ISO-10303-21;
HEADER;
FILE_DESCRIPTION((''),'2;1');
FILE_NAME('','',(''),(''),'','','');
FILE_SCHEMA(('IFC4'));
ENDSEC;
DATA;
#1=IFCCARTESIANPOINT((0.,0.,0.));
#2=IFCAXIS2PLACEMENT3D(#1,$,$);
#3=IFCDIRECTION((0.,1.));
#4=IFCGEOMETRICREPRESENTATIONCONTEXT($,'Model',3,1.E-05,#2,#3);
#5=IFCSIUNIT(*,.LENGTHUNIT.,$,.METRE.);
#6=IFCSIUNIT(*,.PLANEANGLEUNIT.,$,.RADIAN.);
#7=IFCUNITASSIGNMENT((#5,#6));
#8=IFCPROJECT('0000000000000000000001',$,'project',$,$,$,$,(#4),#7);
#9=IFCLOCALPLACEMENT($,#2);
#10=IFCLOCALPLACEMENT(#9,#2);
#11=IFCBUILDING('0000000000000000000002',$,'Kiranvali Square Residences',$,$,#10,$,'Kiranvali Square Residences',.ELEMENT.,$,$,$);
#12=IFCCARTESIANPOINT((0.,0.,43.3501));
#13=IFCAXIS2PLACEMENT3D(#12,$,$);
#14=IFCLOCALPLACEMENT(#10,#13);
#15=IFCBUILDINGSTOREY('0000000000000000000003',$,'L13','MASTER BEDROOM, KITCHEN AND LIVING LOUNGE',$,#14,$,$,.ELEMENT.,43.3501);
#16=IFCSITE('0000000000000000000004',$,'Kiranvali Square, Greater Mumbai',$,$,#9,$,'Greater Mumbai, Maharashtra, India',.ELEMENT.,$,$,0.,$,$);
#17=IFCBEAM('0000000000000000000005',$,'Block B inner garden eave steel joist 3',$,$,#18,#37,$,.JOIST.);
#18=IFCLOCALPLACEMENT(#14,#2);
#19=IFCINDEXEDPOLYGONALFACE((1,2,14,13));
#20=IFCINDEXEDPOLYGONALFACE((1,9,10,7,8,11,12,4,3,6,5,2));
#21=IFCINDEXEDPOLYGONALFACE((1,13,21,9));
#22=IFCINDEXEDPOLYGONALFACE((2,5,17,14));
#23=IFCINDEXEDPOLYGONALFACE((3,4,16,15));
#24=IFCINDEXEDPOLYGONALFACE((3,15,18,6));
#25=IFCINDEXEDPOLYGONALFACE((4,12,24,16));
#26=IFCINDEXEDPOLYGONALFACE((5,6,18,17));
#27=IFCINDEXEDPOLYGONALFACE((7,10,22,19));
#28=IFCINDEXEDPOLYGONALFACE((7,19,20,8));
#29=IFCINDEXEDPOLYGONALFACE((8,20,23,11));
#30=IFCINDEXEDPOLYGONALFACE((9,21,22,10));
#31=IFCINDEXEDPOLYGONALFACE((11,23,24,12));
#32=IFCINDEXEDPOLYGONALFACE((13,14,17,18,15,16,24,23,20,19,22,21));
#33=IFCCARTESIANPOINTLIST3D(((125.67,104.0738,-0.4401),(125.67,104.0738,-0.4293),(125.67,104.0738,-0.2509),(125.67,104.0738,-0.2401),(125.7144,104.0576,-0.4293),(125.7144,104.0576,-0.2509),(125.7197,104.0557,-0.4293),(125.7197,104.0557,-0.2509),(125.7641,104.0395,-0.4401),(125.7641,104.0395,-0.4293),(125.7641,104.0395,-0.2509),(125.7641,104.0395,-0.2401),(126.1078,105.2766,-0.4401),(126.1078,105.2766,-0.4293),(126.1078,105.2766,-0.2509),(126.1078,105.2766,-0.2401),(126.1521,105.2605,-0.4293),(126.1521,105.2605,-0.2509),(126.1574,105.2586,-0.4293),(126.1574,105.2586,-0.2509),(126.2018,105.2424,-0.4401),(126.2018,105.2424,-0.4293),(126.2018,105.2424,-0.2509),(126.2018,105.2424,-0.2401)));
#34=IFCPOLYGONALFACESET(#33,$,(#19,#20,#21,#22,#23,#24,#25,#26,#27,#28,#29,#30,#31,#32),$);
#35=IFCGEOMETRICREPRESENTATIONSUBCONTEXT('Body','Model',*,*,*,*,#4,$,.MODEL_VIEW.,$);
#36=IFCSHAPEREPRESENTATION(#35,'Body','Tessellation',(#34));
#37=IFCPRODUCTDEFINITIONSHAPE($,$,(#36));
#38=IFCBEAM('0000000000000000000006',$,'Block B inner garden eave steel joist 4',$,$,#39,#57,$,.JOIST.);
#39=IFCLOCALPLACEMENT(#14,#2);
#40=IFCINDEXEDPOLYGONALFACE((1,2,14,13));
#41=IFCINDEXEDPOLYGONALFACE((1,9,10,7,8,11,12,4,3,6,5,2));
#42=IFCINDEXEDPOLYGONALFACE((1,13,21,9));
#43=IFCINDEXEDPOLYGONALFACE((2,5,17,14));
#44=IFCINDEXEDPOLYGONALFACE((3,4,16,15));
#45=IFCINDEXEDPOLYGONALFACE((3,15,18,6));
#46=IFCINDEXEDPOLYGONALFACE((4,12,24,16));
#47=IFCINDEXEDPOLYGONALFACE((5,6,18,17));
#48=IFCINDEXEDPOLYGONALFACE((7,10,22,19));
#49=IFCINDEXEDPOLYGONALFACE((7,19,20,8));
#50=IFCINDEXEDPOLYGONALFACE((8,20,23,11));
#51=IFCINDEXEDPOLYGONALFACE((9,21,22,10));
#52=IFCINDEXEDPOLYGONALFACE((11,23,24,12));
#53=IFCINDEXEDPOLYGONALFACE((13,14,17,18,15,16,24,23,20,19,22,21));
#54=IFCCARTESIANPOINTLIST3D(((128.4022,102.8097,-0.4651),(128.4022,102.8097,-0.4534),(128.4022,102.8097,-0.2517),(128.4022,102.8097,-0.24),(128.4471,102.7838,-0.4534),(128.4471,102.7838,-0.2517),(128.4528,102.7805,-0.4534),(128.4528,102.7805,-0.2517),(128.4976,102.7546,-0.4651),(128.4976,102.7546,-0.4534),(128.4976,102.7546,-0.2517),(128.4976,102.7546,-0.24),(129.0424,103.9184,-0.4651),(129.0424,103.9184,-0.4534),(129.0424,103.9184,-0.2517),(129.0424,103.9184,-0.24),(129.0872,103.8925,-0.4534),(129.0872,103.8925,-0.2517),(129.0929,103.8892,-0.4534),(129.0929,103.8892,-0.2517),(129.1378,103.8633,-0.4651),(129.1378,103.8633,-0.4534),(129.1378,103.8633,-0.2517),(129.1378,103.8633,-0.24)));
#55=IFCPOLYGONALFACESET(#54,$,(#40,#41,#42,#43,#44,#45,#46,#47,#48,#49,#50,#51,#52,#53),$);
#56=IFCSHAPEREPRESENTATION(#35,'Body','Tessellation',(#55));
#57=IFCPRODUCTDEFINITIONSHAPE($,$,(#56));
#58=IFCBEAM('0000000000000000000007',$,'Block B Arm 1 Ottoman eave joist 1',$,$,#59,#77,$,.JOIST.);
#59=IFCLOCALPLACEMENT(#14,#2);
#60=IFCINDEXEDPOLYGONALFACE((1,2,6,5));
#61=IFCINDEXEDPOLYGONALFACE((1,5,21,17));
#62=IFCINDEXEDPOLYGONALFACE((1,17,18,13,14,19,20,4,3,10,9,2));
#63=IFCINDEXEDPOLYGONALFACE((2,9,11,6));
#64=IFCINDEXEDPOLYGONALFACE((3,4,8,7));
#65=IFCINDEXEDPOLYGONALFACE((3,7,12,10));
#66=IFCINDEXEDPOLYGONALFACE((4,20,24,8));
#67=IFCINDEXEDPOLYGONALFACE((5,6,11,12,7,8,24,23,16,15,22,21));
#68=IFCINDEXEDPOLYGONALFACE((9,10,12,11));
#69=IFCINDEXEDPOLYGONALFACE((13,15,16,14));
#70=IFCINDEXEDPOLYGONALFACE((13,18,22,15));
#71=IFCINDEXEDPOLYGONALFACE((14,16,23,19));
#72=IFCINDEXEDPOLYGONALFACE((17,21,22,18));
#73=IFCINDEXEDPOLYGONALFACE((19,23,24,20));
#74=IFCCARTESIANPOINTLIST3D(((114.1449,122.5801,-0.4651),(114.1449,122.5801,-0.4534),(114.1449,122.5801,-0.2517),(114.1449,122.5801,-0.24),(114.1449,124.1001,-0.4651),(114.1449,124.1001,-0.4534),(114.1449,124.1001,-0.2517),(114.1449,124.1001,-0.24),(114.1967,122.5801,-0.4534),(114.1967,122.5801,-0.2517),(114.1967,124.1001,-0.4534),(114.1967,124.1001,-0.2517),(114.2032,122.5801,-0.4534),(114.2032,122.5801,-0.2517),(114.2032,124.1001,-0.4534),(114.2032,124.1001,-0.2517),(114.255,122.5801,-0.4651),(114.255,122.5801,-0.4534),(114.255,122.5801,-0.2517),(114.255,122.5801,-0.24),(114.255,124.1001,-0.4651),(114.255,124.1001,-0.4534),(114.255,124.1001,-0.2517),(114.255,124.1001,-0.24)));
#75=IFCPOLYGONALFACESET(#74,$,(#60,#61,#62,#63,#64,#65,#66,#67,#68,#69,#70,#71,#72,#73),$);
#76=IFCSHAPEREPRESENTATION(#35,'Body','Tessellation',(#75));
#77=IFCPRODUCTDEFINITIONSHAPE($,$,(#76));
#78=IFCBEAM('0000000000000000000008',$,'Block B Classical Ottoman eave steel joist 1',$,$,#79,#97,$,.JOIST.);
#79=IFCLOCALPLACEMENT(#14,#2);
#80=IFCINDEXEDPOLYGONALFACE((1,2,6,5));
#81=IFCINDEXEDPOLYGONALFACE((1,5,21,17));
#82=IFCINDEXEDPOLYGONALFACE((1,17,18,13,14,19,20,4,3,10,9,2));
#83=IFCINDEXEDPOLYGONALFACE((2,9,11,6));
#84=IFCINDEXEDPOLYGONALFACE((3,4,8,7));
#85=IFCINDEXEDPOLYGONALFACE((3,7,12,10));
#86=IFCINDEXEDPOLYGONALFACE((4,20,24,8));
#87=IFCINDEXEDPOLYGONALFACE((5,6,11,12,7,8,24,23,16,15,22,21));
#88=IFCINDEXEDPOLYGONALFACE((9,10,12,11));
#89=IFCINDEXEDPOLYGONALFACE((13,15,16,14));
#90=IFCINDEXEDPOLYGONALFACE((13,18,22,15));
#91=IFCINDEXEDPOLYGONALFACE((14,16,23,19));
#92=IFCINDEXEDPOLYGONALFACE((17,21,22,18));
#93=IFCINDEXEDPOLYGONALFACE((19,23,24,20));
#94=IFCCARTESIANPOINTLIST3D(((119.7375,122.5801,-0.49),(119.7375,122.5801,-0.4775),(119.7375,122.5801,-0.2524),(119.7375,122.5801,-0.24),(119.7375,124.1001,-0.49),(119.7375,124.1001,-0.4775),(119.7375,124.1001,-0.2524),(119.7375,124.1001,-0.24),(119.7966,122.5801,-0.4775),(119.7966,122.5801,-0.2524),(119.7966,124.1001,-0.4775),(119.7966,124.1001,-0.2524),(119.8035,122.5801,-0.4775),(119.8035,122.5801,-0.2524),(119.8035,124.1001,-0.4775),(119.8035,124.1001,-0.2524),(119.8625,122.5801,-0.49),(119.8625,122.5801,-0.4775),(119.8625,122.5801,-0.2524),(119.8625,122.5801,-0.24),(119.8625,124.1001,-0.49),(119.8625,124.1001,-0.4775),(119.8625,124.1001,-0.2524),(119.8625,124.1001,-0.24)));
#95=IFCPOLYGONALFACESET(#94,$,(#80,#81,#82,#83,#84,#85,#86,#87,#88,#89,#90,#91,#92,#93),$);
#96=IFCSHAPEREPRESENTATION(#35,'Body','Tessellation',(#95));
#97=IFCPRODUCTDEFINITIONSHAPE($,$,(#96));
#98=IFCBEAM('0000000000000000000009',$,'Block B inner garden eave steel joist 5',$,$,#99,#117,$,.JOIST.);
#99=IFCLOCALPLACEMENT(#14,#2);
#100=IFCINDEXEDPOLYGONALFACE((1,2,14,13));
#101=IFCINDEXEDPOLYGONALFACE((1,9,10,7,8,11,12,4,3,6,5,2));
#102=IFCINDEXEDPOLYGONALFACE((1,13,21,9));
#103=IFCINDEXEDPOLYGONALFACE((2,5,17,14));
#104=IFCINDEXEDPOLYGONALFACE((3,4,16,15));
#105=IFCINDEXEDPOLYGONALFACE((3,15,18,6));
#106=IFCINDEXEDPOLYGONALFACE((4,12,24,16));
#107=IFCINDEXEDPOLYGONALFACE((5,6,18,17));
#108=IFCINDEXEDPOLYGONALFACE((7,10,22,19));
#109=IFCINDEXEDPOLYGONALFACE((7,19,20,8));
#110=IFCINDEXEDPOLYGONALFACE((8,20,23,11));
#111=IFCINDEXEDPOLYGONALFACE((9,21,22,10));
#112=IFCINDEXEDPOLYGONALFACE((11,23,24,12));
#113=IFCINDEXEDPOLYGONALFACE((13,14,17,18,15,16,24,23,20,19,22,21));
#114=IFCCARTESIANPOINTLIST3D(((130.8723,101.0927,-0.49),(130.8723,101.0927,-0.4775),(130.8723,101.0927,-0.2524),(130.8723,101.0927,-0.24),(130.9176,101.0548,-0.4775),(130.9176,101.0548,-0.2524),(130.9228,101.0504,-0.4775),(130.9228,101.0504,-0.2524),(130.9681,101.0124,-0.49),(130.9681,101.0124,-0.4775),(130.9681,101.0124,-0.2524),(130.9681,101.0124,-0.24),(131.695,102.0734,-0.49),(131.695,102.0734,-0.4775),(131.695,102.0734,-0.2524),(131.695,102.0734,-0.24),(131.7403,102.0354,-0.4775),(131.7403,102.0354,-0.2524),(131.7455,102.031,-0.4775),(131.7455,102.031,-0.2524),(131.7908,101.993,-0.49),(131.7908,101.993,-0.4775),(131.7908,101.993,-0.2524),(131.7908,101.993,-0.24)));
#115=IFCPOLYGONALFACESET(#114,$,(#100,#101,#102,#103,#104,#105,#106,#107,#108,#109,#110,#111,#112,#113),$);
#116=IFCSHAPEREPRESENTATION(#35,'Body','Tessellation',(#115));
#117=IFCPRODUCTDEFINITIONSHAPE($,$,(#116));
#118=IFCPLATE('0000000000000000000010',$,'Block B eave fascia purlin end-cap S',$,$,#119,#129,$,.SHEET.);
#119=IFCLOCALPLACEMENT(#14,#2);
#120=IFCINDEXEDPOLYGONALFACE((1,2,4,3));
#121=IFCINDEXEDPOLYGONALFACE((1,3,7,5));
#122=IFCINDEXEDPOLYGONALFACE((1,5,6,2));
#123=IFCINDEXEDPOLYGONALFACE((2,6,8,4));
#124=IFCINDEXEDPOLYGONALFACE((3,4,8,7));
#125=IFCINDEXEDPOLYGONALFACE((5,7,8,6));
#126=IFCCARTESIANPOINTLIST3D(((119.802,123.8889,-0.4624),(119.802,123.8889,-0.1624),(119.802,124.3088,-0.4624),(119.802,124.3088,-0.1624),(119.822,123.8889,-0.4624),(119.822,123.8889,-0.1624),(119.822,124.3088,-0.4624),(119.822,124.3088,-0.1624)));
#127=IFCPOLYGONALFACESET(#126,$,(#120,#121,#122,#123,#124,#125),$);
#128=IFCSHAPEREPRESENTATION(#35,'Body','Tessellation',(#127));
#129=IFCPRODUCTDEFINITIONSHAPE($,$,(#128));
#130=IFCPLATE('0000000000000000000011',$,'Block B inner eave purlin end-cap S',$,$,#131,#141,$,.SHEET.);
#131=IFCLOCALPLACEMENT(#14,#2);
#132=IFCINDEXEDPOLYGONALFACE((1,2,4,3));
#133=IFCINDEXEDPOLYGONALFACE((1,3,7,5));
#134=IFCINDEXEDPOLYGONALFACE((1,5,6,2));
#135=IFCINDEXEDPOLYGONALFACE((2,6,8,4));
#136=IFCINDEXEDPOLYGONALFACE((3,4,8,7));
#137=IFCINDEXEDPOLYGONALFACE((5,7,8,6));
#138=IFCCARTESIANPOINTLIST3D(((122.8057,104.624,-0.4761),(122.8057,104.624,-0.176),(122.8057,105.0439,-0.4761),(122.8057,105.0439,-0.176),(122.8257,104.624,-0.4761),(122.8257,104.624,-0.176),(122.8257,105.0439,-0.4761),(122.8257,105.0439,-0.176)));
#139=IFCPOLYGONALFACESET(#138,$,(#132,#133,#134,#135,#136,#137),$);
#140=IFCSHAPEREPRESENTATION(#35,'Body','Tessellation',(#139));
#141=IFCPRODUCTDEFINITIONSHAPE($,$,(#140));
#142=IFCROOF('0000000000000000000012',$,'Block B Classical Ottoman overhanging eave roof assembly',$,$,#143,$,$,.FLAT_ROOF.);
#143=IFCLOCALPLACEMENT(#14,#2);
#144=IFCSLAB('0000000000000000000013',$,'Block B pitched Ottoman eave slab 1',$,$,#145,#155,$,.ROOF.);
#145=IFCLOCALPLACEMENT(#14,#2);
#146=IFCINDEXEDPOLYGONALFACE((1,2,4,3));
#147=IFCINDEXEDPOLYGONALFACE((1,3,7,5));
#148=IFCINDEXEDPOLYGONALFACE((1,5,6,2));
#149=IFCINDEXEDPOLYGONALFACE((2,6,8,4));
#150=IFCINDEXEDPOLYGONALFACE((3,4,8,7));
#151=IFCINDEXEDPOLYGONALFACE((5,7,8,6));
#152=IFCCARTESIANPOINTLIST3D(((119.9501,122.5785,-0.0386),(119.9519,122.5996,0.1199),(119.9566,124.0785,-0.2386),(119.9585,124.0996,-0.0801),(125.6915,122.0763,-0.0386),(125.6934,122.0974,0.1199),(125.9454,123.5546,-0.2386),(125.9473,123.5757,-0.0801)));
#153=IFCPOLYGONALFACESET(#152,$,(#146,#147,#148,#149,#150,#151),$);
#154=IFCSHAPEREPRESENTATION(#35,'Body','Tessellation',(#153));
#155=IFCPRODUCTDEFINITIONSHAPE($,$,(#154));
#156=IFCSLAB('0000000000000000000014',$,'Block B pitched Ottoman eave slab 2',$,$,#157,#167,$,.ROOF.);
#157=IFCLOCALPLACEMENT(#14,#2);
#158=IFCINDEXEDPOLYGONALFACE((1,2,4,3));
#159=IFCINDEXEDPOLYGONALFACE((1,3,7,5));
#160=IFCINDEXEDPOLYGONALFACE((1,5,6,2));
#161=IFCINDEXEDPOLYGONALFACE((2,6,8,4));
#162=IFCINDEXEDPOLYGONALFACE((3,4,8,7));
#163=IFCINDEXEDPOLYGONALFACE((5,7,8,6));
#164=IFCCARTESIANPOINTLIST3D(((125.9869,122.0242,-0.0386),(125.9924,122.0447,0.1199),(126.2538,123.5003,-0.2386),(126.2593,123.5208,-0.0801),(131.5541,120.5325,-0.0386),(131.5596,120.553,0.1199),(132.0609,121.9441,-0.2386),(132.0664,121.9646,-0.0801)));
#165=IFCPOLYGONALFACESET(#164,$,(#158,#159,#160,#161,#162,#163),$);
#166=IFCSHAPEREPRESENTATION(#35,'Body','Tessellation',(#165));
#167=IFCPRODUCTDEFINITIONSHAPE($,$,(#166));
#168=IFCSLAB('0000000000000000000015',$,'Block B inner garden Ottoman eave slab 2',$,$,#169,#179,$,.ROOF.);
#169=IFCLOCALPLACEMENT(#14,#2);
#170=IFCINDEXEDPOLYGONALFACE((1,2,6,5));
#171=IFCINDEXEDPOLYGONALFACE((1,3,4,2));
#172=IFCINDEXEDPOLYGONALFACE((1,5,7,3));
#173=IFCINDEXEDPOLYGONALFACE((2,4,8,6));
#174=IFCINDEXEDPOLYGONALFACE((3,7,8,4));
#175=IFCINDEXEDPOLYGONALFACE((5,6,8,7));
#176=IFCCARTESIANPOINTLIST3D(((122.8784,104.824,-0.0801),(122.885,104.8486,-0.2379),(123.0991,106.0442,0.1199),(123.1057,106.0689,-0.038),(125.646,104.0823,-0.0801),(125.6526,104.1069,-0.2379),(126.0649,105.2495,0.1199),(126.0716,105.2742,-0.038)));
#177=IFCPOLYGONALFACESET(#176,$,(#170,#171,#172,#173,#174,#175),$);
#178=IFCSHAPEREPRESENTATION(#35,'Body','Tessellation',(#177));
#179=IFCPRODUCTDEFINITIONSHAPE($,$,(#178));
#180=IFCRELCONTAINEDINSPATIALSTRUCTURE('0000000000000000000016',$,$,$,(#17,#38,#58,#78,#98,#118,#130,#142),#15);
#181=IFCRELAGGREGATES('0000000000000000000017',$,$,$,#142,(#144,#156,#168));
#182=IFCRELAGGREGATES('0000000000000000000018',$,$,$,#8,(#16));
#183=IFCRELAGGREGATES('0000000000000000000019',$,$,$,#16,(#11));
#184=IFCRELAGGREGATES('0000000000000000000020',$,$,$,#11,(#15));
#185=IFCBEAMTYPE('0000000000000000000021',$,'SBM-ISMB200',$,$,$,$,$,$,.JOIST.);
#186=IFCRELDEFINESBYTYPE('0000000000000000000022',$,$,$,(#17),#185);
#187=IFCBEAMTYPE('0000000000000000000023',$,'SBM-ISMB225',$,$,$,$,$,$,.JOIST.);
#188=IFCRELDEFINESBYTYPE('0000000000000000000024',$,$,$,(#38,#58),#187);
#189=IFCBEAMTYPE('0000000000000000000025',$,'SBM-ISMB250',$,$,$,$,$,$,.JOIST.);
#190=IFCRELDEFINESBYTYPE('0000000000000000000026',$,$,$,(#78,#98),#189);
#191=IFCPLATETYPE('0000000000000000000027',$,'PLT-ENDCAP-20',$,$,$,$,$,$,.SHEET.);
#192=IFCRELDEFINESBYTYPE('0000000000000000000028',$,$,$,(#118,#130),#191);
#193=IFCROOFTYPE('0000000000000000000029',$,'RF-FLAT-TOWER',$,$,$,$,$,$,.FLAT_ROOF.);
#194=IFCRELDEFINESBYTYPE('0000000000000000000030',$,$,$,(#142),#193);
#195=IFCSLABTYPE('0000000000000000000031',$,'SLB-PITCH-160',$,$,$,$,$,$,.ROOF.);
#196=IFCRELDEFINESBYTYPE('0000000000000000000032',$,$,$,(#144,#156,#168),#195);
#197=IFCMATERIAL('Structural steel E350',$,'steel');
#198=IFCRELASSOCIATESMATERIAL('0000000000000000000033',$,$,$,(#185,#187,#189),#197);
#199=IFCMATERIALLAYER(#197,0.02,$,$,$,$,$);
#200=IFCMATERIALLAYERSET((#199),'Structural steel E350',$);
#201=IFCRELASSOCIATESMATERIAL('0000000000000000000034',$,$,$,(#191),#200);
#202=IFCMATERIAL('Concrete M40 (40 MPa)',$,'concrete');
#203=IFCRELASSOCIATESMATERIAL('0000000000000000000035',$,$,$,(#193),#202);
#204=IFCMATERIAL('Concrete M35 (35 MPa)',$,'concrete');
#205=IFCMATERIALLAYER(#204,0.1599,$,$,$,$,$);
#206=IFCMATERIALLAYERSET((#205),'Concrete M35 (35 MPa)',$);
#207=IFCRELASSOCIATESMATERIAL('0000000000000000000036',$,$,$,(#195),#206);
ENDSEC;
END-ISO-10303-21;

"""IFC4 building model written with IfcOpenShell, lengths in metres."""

from ifc_helpers import new_model, si_unit, direction, frame, origin, origin_2d, place, context, subcontext, project, spatial, polyline, rectangle, i_section, outline, extrude, material, layer, layer_set, material_profile, profile_set, type_object, element, aggregate, save


model = new_model("IFC4")

# Units and contexts
model_context = context("Model", 3, precision=1e-05, world=origin(), true_north=direction((0.0, 1.0)))
body_context = subcontext(model_context, "Body", "Model", "MODEL_VIEW")
ifc_project = project(units=[si_unit("LENGTHUNIT", "METRE"), si_unit("PLANEANGLEUNIT", "RADIAN")], contexts=[model_context])

# Site, building, storey
site_placement = place(None, origin())
site = spatial("IfcSite", under=ifc_project, at=site_placement, Name="Kiranvali Square, Greater Mumbai", LongName="Greater Mumbai, Maharashtra, India", CompositionType="ELEMENT", RefElevation=0.0)
building_placement = place(site_placement, origin())
building = spatial("IfcBuilding", under=site, at=building_placement, Name="Kiranvali Square Residences", LongName="Kiranvali Square Residences", CompositionType="ELEMENT")
storey_placement = place(building_placement, frame((0.0, 0.0, 43.3501)))
storey = spatial("IfcBuildingStorey", under=building, at=storey_placement, Name="L13", Description="MASTER BEDROOM, KITCHEN AND LIVING LOUNGE", CompositionType="ELEMENT", Elevation=43.3501)

# Shared definitions
ifc_material_1 = material(Name="Structural steel E350", Category="steel")

# Beams
ifc_material_profile_1 = material_profile(ifc_material_1, i_section(OverallWidth=0.1001, OverallDepth=0.2, WebThickness=0.0056, FlangeThickness=0.0107, at=origin_2d()), Name="ISMB 200")
ifc_profile_set_1 = profile_set([ifc_material_profile_1], Name="Structural steel E350")
beam_type_1 = type_object("IfcBeamType", Name="SBM-ISMB200", PredefinedType="JOIST", material=ifc_profile_set_1)
beam_1_placement = place(storey_placement, frame((126.1548, 105.2595, -0.3401), z_axis=(-0.341973, -0.93971, 0.0), x_axis=(0.93971, -0.341973, 0.0)))
element("IfcBeam", 1, at=beam_1_placement, inside=storey, type_object=beam_type_1, Name="Block B inner garden eave steel joist 3", PredefinedType="JOIST", context=body_context, shape_type="SweptSolid", body=[
    extrude(i_section(OverallWidth=0.1001, OverallDepth=0.2, WebThickness=0.0056, FlangeThickness=0.0107, at=origin_2d()), origin(), (0.0, 0.0, 1.0), 1.28),
])
ifc_material_profile_2 = material_profile(ifc_material_1, i_section(OverallWidth=0.1101, OverallDepth=0.2251, WebThickness=0.0066, FlangeThickness=0.0117, at=origin_2d()), Name="ISMB 225")
ifc_profile_set_2 = profile_set([ifc_material_profile_2], Name="Structural steel E350")
beam_type_2 = type_object("IfcBeamType", Name="SBM-ISMB225", PredefinedType="JOIST", material=ifc_profile_set_2)
beam_2_placement = place(storey_placement, frame((129.0901, 103.8909, -0.3525), z_axis=(-0.500036, -0.866005, 0.0), x_axis=(0.866005, -0.500036, 0.0)))
element("IfcBeam", 2, at=beam_2_placement, inside=storey, type_object=beam_type_2, Name="Block B inner garden eave steel joist 4", PredefinedType="JOIST", context=body_context, shape_type="SweptSolid", body=[
    extrude(i_section(OverallWidth=0.1101, OverallDepth=0.2251, WebThickness=0.0066, FlangeThickness=0.0117, at=origin_2d()), origin(), (0.0, 0.0, 1.0), 1.2803),
])
beam_3_placement = place(storey_placement, frame((114.2, 122.5801, -0.3525), z_axis=(0.0, 1.0, 0.0), x_axis=(-1.0, 0.0, 0.0)))
element("IfcBeam", 3, at=beam_3_placement, inside=storey, type_object=beam_type_2, Name="Block B Arm 1 Ottoman eave joist 1", PredefinedType="JOIST", context=body_context, shape_type="SweptSolid", body=[
    extrude(i_section(OverallWidth=0.1101, OverallDepth=0.2251, WebThickness=0.0066, FlangeThickness=0.0117, at=origin_2d()), origin(), (0.0, 0.0, 1.0), 1.52),
])
ifc_material_profile_3 = material_profile(ifc_material_1, i_section(OverallWidth=0.125, OverallDepth=0.25, WebThickness=0.0068, FlangeThickness=0.0125, at=origin_2d()), Name="ISMB 250")
ifc_profile_set_3 = profile_set([ifc_material_profile_3], Name="Structural steel E350")
beam_type_3 = type_object("IfcBeamType", Name="SBM-ISMB250", PredefinedType="JOIST", material=ifc_profile_set_3)
beam_4_placement = place(storey_placement, frame((119.8, 122.5801, -0.365), z_axis=(0.0, 1.0, 0.0), x_axis=(-1.0, 0.0, 0.0)))
element("IfcBeam", 4, at=beam_4_placement, inside=storey, type_object=beam_type_3, Name="Block B Classical Ottoman eave steel joist 1", PredefinedType="JOIST", context=body_context, shape_type="SweptSolid", body=[
    extrude(i_section(OverallWidth=0.125, OverallDepth=0.25, WebThickness=0.0068, FlangeThickness=0.0125, at=origin_2d()), origin(), (0.0, 0.0, 1.0), 1.52),
])
beam_5_placement = place(storey_placement, frame((131.7429, 102.0332, -0.365), z_axis=(-0.642713, -0.766107, 0.0), x_axis=(0.766107, -0.642713, 0.0)))
element("IfcBeam", 5, at=beam_5_placement, inside=storey, type_object=beam_type_3, Name="Block B inner garden eave steel joist 5", PredefinedType="JOIST", context=body_context, shape_type="SweptSolid", body=[
    extrude(i_section(OverallWidth=0.125, OverallDepth=0.25, WebThickness=0.0068, FlangeThickness=0.0125, at=origin_2d()), origin(), (0.0, 0.0, 1.0), 1.28),
])

# Plates
ifc_layer_1 = layer(ifc_material_1, 0.02)
ifc_layer_set_1 = layer_set([ifc_layer_1], Name="Structural steel E350")
plate_type = type_object("IfcPlateType", Name="PLT-ENDCAP-20", PredefinedType="SHEET", material=ifc_layer_set_1)
for number, where, z_axis, x_axis, name in (
    (6, (119.812, 124.0989, -0.4624), (0.0, 0.0, 1.0), (1.0, 0.0, 0.0), "Block B eave fascia purlin end-cap S"),
    (7, (122.8157, 104.834, -0.4761), (0.0, 0.0, 1.0), (1.0, 0.0, 0.0), "Block B inner eave purlin end-cap S"),
):
    element("IfcPlate", number, at=place(storey_placement, frame(where, z_axis=z_axis, x_axis=x_axis)), inside=storey, type_object=plate_type, Name=name, PredefinedType="SHEET", context=body_context, shape_type="SweptSolid", body=[
        extrude(rectangle(XDim=0.02, YDim=0.4199, at=origin_2d()), origin(), (0.0, 0.0, 1.0), 0.3),
    ])

# Roof, slabs
ifc_material_2 = material(Name="Concrete M40 (40 MPa)", Category="concrete")
roof_type = type_object("IfcRoofType", Name="RF-FLAT-TOWER", PredefinedType="FLAT_ROOF", material=ifc_material_2)
roof_placement = place(storey_placement, origin())
roof = element("IfcRoof", 8, at=roof_placement, inside=storey, type_object=roof_type, Name="Block B Classical Ottoman overhanging eave roof assembly", PredefinedType="FLAT_ROOF")
ifc_material_3 = material(Name="Concrete M35 (35 MPa)", Category="concrete")
ifc_layer_2 = layer(ifc_material_3, 0.1599)
ifc_layer_set_2 = layer_set([ifc_layer_2], Name="Concrete M35 (35 MPa)")
slab_type = type_object("IfcSlabType", Name="SLB-PITCH-160", PredefinedType="ROOF", material=ifc_layer_set_2)
slab_1_placement = place(storey_placement, frame((119.9519, 122.5996, 0.1199), z_axis=(0.011554, 0.132077, 0.991172), x_axis=(0.996196, -0.087136, -0.000001)))
slab_1 = element("IfcSlab", 9, at=slab_1_placement, type_object=slab_type, Name="Block B pitched Ottoman eave slab 1", PredefinedType="ROOF", context=body_context, shape_type="SweptSolid", body=[
    extrude(outline(polyline([(0.0, 0.0), (5.7634, 0.0), (5.8875, 1.5081), (-0.1241, 1.5082), (0.0, 0.0)])), origin(), (0.0, 0.0, -1.0), 0.1599),
])
slab_2_placement = place(storey_placement, frame((125.9924, 122.0447, 0.1199), z_axis=(0.034317, 0.128068, 0.991171), x_axis=(0.965926, -0.258817, -0.000002)))
slab_2 = element("IfcSlab", 10, at=slab_2_placement, type_object=slab_type, Name="Block B pitched Ottoman eave slab 2", PredefinedType="ROOF", context=body_context, shape_type="SweptSolid", body=[
    extrude(outline(polyline([(0.0, 0.0), (5.7635, 0.0), (5.8877, 1.508), (-0.1243, 1.5082), (0.0, 0.0)])), origin(), (0.0, 0.0, -1.0), 0.1599),
])
slab_3_placement = place(storey_placement, frame((123.0991, 106.0442, 0.1199), z_axis=(-0.041341, -0.154275, 0.987163), x_axis=(0.965927, -0.258816, 0.000004)))
slab_3 = element("IfcSlab", 11, at=slab_3_placement, type_object=slab_type, Name="Block B inner garden Ottoman eave slab 2", PredefinedType="ROOF", context=body_context, shape_type="SweptSolid", body=[
    extrude(outline(polyline([(0.0, 0.0), (3.0704, 0.0), (2.9679, -1.252), (0.1026, -1.2518), (0.0, 0.0)])), origin(), (0.0, 0.0, -1.0), 0.1599),
])
aggregate(roof, [slab_1, slab_2, slab_3])

save(model, "model.ifc")
